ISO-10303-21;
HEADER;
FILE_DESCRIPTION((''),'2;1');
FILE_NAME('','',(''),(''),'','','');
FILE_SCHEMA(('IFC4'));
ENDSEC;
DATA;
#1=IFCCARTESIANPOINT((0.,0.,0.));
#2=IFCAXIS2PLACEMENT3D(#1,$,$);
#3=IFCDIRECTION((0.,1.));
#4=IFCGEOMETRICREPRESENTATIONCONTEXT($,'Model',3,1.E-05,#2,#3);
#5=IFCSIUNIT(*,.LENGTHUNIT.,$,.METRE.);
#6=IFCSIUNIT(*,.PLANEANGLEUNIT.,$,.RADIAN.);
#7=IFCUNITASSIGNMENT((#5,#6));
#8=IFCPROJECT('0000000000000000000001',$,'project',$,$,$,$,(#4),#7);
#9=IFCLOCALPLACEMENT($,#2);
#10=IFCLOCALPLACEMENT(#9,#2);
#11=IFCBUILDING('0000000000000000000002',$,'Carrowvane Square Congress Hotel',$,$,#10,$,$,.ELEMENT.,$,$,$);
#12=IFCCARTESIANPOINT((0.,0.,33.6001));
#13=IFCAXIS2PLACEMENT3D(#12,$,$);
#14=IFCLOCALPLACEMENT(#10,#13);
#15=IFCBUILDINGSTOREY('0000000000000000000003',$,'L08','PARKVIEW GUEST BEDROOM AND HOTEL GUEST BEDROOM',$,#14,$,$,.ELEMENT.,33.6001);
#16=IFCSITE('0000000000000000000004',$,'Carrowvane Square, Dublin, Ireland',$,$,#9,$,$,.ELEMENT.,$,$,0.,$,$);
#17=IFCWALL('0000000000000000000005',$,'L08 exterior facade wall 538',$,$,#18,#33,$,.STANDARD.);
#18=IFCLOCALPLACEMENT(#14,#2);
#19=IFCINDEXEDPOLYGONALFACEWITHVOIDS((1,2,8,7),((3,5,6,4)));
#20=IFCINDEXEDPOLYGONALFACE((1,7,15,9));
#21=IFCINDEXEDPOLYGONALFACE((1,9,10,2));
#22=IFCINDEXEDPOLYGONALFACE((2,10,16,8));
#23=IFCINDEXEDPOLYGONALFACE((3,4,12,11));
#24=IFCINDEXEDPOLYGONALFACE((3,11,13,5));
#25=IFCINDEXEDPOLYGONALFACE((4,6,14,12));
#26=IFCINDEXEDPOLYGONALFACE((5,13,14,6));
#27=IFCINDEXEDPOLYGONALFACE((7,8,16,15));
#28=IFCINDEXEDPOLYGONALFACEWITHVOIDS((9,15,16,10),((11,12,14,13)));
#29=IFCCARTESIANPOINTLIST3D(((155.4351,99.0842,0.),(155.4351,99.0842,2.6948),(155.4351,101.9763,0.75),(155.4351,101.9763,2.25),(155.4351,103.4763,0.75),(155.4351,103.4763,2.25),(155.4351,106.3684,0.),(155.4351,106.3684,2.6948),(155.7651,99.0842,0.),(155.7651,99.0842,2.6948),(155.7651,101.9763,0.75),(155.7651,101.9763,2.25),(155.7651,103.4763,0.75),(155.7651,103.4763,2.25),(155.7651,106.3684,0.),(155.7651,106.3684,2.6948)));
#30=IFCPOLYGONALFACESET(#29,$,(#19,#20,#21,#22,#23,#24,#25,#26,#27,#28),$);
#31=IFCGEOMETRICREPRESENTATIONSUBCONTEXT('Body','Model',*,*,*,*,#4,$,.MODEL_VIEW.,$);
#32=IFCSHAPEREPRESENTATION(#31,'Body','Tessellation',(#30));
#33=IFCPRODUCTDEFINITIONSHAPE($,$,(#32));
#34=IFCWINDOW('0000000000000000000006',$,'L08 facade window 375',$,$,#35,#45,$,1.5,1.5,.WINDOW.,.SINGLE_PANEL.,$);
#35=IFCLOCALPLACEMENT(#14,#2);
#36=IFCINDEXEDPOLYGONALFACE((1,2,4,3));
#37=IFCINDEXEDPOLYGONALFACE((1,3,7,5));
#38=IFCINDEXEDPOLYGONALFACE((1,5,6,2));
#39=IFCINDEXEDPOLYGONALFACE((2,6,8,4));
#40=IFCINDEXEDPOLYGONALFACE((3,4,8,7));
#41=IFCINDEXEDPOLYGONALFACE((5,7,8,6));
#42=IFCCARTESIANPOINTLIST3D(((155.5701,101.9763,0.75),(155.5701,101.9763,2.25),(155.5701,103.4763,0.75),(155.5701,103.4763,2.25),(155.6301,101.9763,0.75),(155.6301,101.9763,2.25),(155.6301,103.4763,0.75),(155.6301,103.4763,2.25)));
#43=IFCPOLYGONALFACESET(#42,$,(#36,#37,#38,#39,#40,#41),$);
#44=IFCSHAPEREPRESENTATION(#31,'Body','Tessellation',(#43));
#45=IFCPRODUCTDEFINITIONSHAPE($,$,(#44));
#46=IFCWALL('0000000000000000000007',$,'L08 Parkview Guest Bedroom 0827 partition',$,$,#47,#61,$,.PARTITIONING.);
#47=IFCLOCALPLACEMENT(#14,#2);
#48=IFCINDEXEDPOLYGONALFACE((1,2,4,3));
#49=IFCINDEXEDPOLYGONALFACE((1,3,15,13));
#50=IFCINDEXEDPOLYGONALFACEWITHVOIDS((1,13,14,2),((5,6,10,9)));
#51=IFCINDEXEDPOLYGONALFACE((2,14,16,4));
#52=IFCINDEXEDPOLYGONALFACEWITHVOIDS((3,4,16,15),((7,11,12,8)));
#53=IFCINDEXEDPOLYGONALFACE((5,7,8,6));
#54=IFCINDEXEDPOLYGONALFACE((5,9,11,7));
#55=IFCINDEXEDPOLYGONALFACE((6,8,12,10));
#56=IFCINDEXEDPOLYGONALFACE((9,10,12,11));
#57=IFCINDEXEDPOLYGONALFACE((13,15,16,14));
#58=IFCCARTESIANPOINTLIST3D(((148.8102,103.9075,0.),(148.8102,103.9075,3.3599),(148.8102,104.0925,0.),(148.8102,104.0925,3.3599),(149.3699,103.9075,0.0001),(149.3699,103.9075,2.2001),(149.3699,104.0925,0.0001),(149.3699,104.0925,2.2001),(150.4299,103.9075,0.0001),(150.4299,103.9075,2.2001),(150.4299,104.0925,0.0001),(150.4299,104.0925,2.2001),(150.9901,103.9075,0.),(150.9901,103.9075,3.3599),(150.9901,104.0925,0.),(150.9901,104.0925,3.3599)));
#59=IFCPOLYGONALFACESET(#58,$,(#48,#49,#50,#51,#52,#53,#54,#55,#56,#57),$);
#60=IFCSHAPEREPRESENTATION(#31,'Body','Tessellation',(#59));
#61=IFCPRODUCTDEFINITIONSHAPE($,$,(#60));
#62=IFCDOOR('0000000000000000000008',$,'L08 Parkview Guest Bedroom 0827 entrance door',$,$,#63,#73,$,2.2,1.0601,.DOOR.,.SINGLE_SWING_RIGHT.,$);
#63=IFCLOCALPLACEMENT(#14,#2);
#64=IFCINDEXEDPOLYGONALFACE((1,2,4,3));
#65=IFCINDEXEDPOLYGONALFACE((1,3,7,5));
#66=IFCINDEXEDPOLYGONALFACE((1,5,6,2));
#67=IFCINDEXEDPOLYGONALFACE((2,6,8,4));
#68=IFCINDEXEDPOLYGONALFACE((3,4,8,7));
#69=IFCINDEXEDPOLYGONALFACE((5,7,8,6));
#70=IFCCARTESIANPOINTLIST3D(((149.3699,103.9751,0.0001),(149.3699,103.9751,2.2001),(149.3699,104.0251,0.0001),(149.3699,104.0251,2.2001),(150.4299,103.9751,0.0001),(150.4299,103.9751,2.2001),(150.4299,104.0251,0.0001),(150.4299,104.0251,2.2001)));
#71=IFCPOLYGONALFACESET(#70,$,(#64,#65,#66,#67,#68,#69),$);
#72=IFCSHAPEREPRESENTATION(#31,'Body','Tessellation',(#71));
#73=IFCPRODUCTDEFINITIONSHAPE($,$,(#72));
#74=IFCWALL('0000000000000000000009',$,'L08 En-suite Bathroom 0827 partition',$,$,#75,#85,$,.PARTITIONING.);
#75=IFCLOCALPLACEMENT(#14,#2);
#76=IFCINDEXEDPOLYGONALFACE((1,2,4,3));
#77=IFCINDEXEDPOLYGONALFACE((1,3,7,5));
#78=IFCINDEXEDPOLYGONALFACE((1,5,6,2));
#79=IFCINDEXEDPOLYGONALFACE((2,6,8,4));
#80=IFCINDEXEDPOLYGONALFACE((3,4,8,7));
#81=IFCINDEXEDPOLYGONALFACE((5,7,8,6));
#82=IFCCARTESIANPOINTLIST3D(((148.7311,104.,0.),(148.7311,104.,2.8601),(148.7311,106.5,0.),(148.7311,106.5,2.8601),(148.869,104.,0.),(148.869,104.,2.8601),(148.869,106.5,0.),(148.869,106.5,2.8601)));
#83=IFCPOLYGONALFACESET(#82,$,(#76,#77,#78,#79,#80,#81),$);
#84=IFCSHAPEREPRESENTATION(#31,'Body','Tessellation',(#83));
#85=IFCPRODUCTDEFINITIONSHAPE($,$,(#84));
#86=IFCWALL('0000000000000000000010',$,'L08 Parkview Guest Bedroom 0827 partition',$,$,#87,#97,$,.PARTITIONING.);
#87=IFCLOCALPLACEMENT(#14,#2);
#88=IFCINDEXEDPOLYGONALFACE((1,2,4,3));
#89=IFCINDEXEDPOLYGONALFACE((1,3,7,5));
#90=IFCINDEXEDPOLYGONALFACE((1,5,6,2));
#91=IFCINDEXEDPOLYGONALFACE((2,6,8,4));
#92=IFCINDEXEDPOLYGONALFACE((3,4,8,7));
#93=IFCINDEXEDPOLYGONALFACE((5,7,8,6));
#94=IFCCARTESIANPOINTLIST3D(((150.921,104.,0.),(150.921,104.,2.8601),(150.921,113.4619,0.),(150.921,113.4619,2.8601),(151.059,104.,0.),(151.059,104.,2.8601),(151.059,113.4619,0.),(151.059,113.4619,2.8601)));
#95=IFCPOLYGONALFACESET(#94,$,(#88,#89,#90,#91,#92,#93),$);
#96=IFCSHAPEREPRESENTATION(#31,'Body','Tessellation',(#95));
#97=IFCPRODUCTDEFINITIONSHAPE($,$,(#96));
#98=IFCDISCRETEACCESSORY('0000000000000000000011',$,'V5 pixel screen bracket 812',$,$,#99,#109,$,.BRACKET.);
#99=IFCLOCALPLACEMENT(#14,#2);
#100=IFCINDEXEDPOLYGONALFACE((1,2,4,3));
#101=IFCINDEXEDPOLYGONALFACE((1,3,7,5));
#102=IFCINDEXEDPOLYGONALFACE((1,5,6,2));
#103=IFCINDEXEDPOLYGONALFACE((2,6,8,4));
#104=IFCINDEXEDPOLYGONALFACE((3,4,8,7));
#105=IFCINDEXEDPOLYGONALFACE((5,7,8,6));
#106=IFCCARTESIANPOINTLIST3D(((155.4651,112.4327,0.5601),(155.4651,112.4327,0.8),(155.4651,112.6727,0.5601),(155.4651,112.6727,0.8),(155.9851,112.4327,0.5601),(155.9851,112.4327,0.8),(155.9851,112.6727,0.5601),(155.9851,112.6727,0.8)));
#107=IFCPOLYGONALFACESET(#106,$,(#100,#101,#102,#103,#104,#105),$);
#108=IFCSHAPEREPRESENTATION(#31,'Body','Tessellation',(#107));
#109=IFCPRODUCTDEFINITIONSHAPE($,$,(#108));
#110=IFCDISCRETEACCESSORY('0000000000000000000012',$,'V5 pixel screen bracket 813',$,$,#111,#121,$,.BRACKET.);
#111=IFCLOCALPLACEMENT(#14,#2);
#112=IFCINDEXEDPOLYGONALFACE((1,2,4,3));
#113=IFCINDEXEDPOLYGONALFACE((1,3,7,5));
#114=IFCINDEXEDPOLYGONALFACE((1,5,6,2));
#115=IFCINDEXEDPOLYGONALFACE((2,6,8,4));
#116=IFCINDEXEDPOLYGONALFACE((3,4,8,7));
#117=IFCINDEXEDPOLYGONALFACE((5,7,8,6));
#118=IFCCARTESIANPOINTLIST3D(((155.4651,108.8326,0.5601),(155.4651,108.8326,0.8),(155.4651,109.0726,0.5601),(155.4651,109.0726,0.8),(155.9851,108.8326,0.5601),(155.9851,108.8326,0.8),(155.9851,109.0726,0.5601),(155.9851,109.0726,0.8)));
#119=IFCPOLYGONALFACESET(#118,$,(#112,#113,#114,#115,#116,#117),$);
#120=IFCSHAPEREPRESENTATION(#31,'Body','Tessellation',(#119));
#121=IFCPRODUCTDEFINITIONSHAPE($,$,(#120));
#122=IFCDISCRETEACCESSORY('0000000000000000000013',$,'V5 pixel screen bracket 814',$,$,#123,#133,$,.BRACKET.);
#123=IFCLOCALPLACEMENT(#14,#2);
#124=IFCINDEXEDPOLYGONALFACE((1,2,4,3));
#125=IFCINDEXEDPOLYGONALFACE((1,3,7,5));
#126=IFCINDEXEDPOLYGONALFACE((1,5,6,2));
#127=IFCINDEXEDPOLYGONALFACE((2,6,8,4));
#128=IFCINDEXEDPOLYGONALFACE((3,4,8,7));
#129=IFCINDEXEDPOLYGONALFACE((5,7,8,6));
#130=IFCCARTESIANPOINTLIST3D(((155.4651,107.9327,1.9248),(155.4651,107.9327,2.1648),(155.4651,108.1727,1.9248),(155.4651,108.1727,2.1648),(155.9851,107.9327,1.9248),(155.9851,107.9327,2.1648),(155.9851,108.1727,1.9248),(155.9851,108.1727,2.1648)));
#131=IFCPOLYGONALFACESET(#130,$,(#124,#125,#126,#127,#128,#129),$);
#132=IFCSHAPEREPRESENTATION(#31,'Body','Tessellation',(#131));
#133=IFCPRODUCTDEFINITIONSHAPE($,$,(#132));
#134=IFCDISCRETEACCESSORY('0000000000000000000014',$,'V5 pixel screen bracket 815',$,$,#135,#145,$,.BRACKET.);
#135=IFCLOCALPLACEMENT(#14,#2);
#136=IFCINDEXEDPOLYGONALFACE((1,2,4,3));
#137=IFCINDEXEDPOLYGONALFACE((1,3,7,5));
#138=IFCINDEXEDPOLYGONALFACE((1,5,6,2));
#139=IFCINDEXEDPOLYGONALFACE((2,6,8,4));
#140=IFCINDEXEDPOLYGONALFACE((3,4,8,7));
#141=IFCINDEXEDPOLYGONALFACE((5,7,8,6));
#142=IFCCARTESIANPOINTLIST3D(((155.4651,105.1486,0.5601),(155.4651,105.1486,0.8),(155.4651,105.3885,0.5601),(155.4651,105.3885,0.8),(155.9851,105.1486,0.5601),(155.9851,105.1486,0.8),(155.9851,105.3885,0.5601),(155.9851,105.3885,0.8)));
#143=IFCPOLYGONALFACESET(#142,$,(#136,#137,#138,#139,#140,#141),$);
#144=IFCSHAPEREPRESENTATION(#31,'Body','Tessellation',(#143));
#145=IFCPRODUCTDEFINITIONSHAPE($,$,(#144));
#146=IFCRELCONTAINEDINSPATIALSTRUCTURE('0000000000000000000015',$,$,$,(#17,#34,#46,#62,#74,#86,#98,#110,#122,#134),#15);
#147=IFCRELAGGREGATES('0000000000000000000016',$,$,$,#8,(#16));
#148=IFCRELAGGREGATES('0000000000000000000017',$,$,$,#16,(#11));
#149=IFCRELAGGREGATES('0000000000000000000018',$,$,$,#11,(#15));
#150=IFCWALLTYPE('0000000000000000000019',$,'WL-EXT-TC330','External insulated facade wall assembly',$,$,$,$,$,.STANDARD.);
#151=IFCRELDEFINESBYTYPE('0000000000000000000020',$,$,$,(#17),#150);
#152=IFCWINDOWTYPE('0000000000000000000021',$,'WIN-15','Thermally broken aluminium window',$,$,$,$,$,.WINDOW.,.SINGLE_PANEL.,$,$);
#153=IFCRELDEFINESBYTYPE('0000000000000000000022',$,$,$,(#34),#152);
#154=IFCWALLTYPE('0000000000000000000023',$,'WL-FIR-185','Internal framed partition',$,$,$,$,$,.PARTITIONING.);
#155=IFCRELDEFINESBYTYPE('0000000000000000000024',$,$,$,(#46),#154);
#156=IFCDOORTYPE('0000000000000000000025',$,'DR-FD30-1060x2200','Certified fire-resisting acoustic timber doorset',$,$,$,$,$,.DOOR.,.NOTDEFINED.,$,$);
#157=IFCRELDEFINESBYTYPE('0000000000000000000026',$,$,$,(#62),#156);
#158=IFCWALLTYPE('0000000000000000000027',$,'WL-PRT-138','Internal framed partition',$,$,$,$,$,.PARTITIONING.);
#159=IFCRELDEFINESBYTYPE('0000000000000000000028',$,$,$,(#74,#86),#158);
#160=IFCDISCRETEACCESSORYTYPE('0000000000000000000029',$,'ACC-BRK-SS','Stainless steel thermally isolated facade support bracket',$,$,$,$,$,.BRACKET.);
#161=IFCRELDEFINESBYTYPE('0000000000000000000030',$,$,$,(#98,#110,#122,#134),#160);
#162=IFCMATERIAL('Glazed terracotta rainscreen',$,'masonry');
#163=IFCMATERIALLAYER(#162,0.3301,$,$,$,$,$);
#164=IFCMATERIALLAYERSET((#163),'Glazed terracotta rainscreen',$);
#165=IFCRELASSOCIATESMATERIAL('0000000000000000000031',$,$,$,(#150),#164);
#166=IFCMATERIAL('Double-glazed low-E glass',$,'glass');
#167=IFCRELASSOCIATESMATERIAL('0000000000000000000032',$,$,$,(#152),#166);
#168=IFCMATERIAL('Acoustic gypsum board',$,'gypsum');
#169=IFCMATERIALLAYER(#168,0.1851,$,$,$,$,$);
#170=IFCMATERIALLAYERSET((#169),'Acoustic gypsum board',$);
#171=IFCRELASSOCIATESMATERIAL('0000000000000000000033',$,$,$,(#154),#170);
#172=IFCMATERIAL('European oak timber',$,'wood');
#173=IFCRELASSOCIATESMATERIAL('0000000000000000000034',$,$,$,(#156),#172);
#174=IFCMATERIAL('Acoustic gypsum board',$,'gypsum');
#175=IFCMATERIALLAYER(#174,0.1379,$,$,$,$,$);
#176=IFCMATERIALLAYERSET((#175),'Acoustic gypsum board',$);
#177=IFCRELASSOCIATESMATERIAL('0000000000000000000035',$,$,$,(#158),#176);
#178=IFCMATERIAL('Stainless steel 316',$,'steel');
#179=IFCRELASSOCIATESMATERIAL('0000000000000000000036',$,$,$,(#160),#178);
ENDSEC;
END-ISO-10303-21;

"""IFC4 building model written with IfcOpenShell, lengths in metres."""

from ifc_helpers import new_model, si_unit, direction, frame, frame_2d, origin, origin_2d, place, context, subcontext, project, spatial, rectangle, extrude, material, layer, layer_set, type_object, element, fill, save


model = new_model("IFC4")

# Units and contexts
model_context = context("Model", 3, precision=1e-05, world=origin(), true_north=direction((0.0, 1.0)))
body_context = subcontext(model_context, "Body", "Model", "MODEL_VIEW")
ifc_project = project(units=[si_unit("LENGTHUNIT", "METRE"), si_unit("PLANEANGLEUNIT", "RADIAN")], contexts=[model_context])

# Site, building, storey
site_placement = place(None, origin())
site = spatial("IfcSite", under=ifc_project, at=site_placement, Name="Carrowvane Square, Dublin, Ireland", CompositionType="ELEMENT", RefElevation=0.0)
building_placement = place(site_placement, origin())
building = spatial("IfcBuilding", under=site, at=building_placement, Name="Carrowvane Square Congress Hotel", CompositionType="ELEMENT")
storey_placement = place(building_placement, frame((0.0, 0.0, 33.6001)))
storey = spatial("IfcBuildingStorey", under=building, at=storey_placement, Name="L08", Description="PARKVIEW GUEST BEDROOM AND HOTEL GUEST BEDROOM", CompositionType="ELEMENT", Elevation=33.6001)

# Wall, opening, window
ifc_material_1 = material(Name="Glazed terracotta rainscreen", Category="masonry")
ifc_layer_1 = layer(ifc_material_1, 0.3301)
ifc_layer_set_1 = layer_set([ifc_layer_1], Name="Glazed terracotta rainscreen")
wall_type_1 = type_object("IfcWallType", Name="WL-EXT-TC330", Description="External insulated facade wall assembly", PredefinedType="STANDARD", material=ifc_layer_set_1)
ifc_material_2 = material(Name="Double-glazed low-E glass", Category="glass")
window_type = type_object("IfcWindowType", Name="WIN-15", Description="Thermally broken aluminium window", PartitioningType="SINGLE_PANEL", PredefinedType="WINDOW", material=ifc_material_2)
wall_1_placement = place(storey_placement, frame((155.6001, 106.3684, 0.0), z_axis=(0.0, 0.0, 1.0), x_axis=(0.0, -1.0, 0.0)))
wall_1 = element("IfcWall", 1, at=wall_1_placement, inside=storey, type_object=wall_type_1, Name="L08 exterior facade wall 538", PredefinedType="STANDARD", context=body_context, shape_type="SweptSolid", body=[
    extrude(rectangle(XDim=7.2842, YDim=0.3301, at=frame_2d((3.6421, 0.0))), origin(), (0.0, 0.0, 1.0), 2.6948),
])
opening_1_placement = place(wall_1_placement, frame((2.8921, 0.0, 0.75)))
opening_1 = element("IfcOpeningElement", 2, at=opening_1_placement, cuts=wall_1, PredefinedType="OPENING", context=body_context, shape_type="SweptSolid", body=[
    extrude(rectangle(XDim=1.5, YDim=1.5, at=frame_2d((0.75, 0.75))), frame((0.0, 0.175, 0.0), z_axis=(0.0, -1.0, 0.0), x_axis=(1.0, 0.0, 0.0)), (0.0, 0.0, 1.0), 0.3501),
])
window_1_placement = place(opening_1_placement, origin())
window_1 = element("IfcWindow", 3, at=window_1_placement, inside=storey, type_object=window_type, Name="L08 facade window 375", OverallHeight=1.5, OverallWidth=1.5, PartitioningType="SINGLE_PANEL", PredefinedType="WINDOW", context=body_context, shape_type="SweptSolid", body=[
    extrude(rectangle(XDim=1.5, YDim=1.5, at=frame_2d((0.75, 0.75))), frame((0.0, 0.03, 0.0), z_axis=(0.0, -1.0, 0.0), x_axis=(1.0, 0.0, 0.0)), (0.0, 0.0, 1.0), 0.0601),
])
fill(opening_1, window_1)

# Wall, opening, door
ifc_material_3 = material(Name="Acoustic gypsum board", Category="gypsum")
ifc_layer_2 = layer(ifc_material_3, 0.1851)
ifc_layer_set_2 = layer_set([ifc_layer_2], Name="Acoustic gypsum board")
wall_type_2 = type_object("IfcWallType", Name="WL-FIR-185", Description="Internal framed partition", PredefinedType="PARTITIONING", material=ifc_layer_set_2)
wall_2_placement = place(storey_placement, frame((150.99, 104.0, 0.0), z_axis=(0.0, 0.0, 1.0), x_axis=(-1.0, 0.0, 0.0)))
wall_2 = element("IfcWall", 4, at=wall_2_placement, inside=storey, type_object=wall_type_2, Name="L08 Parkview Guest Bedroom 0827 partition", PredefinedType="PARTITIONING", context=body_context, shape_type="SweptSolid", body=[
    extrude(rectangle(XDim=2.1799, YDim=0.1851, at=frame_2d((1.0898, 0.0))), origin(), (0.0, 0.0, 1.0), 3.3599),
])
opening_2_placement = place(wall_2_placement, frame((0.5601, 0.0, 0.0)))
opening_2 = element("IfcOpeningElement", 5, at=opening_2_placement, cuts=wall_2, PredefinedType="OPENING", context=body_context, shape_type="SweptSolid", body=[
    extrude(rectangle(XDim=1.0601, YDim=2.2, at=frame_2d((0.53, 1.1001))), frame((0.0, 0.1025, 0.0), z_axis=(0.0, -1.0, 0.0), x_axis=(1.0, 0.0, 0.0)), (0.0, 0.0, 1.0), 0.2051),
])
ifc_material_4 = material(Name="European oak timber", Category="wood")
door_type = type_object("IfcDoorType", Name="DR-FD30-1060x2200", Description="Certified fire-resisting acoustic timber doorset", OperationType="NOTDEFINED", PredefinedType="DOOR", material=ifc_material_4)
door_placement = place(opening_2_placement, origin())
door = element("IfcDoor", 6, at=door_placement, inside=storey, type_object=door_type, Name="L08 Parkview Guest Bedroom 0827 entrance door", OperationType="SINGLE_SWING_RIGHT", OverallHeight=2.2, OverallWidth=1.0601, PredefinedType="DOOR", context=body_context, shape_type="SweptSolid", body=[
    extrude(rectangle(XDim=1.0601, YDim=2.2, at=frame_2d((0.53, 1.1001))), frame((0.0, 0.0249, 0.0), z_axis=(0.0, -1.0, 0.0), x_axis=(1.0, 0.0, 0.0)), (0.0, 0.0, 1.0), 0.05),
])
fill(opening_2, door)

# Walls
ifc_material_5 = material(Name="Acoustic gypsum board", Category="gypsum")
ifc_layer_3 = layer(ifc_material_5, 0.1379)
ifc_layer_set_3 = layer_set([ifc_layer_3], Name="Acoustic gypsum board")
wall_type_3 = type_object("IfcWallType", Name="WL-PRT-138", Description="Internal framed partition", PredefinedType="PARTITIONING", material=ifc_layer_set_3)
wall_3_placement = place(storey_placement, frame((148.8, 106.5, 0.0), z_axis=(0.0, 0.0, 1.0), x_axis=(0.0, -1.0, 0.0)))
element("IfcWall", 7, at=wall_3_placement, inside=storey, type_object=wall_type_3, Name="L08 En-suite Bathroom 0827 partition", PredefinedType="PARTITIONING", context=body_context, shape_type="SweptSolid", body=[
    extrude(rectangle(XDim=2.5, YDim=0.1379, at=frame_2d((1.25, 0.0))), origin(), (0.0, 0.0, 1.0), 2.8601),
])
wall_4_placement = place(storey_placement, frame((150.99, 113.4619, 0.0), z_axis=(0.0, 0.0, 1.0), x_axis=(0.0, -1.0, 0.0)))
element("IfcWall", 8, at=wall_4_placement, inside=storey, type_object=wall_type_3, Name="L08 Parkview Guest Bedroom 0827 partition", PredefinedType="PARTITIONING", context=body_context, shape_type="SweptSolid", body=[
    extrude(rectangle(XDim=9.4619, YDim=0.1379, at=frame_2d((4.731, 0.0))), origin(), (0.0, 0.0, 1.0), 2.8601),
])

# Discrete accessories
ifc_material_6 = material(Name="Stainless steel 316", Category="steel")
discrete_accessory_type = type_object("IfcDiscreteAccessoryType", Name="ACC-BRK-SS", Description="Stainless steel thermally isolated facade support bracket", PredefinedType="BRACKET", material=ifc_material_6)
for number, where, z_axis, x_axis, name in (
    (9, (155.7251, 112.5527, 0.5601), (0.0, 0.0, 1.0), (0.0, -1.0, 0.0), "V5 pixel screen bracket 812"),
    (10, (155.7251, 108.9526, 0.5601), (0.0, 0.0, 1.0), (0.0, -1.0, 0.0), "V5 pixel screen bracket 813"),
    (11, (155.7251, 108.0527, 1.9248), (0.0, 0.0, 1.0), (0.0, -1.0, 0.0), "V5 pixel screen bracket 814"),
    (12, (155.7251, 105.2686, 0.5601), (0.0, 0.0, 1.0), (0.0, -1.0, 0.0), "V5 pixel screen bracket 815"),
):
    element("IfcDiscreteAccessory", number, at=place(storey_placement, frame(where, z_axis=z_axis, x_axis=x_axis)), inside=storey, type_object=discrete_accessory_type, Name=name, PredefinedType="BRACKET", context=body_context, shape_type="SweptSolid", body=[
        extrude(rectangle(XDim=0.24, YDim=0.52, at=origin_2d()), origin(), (0.0, 0.0, 1.0), 0.24),
    ])

save(model, "model.ifc")
